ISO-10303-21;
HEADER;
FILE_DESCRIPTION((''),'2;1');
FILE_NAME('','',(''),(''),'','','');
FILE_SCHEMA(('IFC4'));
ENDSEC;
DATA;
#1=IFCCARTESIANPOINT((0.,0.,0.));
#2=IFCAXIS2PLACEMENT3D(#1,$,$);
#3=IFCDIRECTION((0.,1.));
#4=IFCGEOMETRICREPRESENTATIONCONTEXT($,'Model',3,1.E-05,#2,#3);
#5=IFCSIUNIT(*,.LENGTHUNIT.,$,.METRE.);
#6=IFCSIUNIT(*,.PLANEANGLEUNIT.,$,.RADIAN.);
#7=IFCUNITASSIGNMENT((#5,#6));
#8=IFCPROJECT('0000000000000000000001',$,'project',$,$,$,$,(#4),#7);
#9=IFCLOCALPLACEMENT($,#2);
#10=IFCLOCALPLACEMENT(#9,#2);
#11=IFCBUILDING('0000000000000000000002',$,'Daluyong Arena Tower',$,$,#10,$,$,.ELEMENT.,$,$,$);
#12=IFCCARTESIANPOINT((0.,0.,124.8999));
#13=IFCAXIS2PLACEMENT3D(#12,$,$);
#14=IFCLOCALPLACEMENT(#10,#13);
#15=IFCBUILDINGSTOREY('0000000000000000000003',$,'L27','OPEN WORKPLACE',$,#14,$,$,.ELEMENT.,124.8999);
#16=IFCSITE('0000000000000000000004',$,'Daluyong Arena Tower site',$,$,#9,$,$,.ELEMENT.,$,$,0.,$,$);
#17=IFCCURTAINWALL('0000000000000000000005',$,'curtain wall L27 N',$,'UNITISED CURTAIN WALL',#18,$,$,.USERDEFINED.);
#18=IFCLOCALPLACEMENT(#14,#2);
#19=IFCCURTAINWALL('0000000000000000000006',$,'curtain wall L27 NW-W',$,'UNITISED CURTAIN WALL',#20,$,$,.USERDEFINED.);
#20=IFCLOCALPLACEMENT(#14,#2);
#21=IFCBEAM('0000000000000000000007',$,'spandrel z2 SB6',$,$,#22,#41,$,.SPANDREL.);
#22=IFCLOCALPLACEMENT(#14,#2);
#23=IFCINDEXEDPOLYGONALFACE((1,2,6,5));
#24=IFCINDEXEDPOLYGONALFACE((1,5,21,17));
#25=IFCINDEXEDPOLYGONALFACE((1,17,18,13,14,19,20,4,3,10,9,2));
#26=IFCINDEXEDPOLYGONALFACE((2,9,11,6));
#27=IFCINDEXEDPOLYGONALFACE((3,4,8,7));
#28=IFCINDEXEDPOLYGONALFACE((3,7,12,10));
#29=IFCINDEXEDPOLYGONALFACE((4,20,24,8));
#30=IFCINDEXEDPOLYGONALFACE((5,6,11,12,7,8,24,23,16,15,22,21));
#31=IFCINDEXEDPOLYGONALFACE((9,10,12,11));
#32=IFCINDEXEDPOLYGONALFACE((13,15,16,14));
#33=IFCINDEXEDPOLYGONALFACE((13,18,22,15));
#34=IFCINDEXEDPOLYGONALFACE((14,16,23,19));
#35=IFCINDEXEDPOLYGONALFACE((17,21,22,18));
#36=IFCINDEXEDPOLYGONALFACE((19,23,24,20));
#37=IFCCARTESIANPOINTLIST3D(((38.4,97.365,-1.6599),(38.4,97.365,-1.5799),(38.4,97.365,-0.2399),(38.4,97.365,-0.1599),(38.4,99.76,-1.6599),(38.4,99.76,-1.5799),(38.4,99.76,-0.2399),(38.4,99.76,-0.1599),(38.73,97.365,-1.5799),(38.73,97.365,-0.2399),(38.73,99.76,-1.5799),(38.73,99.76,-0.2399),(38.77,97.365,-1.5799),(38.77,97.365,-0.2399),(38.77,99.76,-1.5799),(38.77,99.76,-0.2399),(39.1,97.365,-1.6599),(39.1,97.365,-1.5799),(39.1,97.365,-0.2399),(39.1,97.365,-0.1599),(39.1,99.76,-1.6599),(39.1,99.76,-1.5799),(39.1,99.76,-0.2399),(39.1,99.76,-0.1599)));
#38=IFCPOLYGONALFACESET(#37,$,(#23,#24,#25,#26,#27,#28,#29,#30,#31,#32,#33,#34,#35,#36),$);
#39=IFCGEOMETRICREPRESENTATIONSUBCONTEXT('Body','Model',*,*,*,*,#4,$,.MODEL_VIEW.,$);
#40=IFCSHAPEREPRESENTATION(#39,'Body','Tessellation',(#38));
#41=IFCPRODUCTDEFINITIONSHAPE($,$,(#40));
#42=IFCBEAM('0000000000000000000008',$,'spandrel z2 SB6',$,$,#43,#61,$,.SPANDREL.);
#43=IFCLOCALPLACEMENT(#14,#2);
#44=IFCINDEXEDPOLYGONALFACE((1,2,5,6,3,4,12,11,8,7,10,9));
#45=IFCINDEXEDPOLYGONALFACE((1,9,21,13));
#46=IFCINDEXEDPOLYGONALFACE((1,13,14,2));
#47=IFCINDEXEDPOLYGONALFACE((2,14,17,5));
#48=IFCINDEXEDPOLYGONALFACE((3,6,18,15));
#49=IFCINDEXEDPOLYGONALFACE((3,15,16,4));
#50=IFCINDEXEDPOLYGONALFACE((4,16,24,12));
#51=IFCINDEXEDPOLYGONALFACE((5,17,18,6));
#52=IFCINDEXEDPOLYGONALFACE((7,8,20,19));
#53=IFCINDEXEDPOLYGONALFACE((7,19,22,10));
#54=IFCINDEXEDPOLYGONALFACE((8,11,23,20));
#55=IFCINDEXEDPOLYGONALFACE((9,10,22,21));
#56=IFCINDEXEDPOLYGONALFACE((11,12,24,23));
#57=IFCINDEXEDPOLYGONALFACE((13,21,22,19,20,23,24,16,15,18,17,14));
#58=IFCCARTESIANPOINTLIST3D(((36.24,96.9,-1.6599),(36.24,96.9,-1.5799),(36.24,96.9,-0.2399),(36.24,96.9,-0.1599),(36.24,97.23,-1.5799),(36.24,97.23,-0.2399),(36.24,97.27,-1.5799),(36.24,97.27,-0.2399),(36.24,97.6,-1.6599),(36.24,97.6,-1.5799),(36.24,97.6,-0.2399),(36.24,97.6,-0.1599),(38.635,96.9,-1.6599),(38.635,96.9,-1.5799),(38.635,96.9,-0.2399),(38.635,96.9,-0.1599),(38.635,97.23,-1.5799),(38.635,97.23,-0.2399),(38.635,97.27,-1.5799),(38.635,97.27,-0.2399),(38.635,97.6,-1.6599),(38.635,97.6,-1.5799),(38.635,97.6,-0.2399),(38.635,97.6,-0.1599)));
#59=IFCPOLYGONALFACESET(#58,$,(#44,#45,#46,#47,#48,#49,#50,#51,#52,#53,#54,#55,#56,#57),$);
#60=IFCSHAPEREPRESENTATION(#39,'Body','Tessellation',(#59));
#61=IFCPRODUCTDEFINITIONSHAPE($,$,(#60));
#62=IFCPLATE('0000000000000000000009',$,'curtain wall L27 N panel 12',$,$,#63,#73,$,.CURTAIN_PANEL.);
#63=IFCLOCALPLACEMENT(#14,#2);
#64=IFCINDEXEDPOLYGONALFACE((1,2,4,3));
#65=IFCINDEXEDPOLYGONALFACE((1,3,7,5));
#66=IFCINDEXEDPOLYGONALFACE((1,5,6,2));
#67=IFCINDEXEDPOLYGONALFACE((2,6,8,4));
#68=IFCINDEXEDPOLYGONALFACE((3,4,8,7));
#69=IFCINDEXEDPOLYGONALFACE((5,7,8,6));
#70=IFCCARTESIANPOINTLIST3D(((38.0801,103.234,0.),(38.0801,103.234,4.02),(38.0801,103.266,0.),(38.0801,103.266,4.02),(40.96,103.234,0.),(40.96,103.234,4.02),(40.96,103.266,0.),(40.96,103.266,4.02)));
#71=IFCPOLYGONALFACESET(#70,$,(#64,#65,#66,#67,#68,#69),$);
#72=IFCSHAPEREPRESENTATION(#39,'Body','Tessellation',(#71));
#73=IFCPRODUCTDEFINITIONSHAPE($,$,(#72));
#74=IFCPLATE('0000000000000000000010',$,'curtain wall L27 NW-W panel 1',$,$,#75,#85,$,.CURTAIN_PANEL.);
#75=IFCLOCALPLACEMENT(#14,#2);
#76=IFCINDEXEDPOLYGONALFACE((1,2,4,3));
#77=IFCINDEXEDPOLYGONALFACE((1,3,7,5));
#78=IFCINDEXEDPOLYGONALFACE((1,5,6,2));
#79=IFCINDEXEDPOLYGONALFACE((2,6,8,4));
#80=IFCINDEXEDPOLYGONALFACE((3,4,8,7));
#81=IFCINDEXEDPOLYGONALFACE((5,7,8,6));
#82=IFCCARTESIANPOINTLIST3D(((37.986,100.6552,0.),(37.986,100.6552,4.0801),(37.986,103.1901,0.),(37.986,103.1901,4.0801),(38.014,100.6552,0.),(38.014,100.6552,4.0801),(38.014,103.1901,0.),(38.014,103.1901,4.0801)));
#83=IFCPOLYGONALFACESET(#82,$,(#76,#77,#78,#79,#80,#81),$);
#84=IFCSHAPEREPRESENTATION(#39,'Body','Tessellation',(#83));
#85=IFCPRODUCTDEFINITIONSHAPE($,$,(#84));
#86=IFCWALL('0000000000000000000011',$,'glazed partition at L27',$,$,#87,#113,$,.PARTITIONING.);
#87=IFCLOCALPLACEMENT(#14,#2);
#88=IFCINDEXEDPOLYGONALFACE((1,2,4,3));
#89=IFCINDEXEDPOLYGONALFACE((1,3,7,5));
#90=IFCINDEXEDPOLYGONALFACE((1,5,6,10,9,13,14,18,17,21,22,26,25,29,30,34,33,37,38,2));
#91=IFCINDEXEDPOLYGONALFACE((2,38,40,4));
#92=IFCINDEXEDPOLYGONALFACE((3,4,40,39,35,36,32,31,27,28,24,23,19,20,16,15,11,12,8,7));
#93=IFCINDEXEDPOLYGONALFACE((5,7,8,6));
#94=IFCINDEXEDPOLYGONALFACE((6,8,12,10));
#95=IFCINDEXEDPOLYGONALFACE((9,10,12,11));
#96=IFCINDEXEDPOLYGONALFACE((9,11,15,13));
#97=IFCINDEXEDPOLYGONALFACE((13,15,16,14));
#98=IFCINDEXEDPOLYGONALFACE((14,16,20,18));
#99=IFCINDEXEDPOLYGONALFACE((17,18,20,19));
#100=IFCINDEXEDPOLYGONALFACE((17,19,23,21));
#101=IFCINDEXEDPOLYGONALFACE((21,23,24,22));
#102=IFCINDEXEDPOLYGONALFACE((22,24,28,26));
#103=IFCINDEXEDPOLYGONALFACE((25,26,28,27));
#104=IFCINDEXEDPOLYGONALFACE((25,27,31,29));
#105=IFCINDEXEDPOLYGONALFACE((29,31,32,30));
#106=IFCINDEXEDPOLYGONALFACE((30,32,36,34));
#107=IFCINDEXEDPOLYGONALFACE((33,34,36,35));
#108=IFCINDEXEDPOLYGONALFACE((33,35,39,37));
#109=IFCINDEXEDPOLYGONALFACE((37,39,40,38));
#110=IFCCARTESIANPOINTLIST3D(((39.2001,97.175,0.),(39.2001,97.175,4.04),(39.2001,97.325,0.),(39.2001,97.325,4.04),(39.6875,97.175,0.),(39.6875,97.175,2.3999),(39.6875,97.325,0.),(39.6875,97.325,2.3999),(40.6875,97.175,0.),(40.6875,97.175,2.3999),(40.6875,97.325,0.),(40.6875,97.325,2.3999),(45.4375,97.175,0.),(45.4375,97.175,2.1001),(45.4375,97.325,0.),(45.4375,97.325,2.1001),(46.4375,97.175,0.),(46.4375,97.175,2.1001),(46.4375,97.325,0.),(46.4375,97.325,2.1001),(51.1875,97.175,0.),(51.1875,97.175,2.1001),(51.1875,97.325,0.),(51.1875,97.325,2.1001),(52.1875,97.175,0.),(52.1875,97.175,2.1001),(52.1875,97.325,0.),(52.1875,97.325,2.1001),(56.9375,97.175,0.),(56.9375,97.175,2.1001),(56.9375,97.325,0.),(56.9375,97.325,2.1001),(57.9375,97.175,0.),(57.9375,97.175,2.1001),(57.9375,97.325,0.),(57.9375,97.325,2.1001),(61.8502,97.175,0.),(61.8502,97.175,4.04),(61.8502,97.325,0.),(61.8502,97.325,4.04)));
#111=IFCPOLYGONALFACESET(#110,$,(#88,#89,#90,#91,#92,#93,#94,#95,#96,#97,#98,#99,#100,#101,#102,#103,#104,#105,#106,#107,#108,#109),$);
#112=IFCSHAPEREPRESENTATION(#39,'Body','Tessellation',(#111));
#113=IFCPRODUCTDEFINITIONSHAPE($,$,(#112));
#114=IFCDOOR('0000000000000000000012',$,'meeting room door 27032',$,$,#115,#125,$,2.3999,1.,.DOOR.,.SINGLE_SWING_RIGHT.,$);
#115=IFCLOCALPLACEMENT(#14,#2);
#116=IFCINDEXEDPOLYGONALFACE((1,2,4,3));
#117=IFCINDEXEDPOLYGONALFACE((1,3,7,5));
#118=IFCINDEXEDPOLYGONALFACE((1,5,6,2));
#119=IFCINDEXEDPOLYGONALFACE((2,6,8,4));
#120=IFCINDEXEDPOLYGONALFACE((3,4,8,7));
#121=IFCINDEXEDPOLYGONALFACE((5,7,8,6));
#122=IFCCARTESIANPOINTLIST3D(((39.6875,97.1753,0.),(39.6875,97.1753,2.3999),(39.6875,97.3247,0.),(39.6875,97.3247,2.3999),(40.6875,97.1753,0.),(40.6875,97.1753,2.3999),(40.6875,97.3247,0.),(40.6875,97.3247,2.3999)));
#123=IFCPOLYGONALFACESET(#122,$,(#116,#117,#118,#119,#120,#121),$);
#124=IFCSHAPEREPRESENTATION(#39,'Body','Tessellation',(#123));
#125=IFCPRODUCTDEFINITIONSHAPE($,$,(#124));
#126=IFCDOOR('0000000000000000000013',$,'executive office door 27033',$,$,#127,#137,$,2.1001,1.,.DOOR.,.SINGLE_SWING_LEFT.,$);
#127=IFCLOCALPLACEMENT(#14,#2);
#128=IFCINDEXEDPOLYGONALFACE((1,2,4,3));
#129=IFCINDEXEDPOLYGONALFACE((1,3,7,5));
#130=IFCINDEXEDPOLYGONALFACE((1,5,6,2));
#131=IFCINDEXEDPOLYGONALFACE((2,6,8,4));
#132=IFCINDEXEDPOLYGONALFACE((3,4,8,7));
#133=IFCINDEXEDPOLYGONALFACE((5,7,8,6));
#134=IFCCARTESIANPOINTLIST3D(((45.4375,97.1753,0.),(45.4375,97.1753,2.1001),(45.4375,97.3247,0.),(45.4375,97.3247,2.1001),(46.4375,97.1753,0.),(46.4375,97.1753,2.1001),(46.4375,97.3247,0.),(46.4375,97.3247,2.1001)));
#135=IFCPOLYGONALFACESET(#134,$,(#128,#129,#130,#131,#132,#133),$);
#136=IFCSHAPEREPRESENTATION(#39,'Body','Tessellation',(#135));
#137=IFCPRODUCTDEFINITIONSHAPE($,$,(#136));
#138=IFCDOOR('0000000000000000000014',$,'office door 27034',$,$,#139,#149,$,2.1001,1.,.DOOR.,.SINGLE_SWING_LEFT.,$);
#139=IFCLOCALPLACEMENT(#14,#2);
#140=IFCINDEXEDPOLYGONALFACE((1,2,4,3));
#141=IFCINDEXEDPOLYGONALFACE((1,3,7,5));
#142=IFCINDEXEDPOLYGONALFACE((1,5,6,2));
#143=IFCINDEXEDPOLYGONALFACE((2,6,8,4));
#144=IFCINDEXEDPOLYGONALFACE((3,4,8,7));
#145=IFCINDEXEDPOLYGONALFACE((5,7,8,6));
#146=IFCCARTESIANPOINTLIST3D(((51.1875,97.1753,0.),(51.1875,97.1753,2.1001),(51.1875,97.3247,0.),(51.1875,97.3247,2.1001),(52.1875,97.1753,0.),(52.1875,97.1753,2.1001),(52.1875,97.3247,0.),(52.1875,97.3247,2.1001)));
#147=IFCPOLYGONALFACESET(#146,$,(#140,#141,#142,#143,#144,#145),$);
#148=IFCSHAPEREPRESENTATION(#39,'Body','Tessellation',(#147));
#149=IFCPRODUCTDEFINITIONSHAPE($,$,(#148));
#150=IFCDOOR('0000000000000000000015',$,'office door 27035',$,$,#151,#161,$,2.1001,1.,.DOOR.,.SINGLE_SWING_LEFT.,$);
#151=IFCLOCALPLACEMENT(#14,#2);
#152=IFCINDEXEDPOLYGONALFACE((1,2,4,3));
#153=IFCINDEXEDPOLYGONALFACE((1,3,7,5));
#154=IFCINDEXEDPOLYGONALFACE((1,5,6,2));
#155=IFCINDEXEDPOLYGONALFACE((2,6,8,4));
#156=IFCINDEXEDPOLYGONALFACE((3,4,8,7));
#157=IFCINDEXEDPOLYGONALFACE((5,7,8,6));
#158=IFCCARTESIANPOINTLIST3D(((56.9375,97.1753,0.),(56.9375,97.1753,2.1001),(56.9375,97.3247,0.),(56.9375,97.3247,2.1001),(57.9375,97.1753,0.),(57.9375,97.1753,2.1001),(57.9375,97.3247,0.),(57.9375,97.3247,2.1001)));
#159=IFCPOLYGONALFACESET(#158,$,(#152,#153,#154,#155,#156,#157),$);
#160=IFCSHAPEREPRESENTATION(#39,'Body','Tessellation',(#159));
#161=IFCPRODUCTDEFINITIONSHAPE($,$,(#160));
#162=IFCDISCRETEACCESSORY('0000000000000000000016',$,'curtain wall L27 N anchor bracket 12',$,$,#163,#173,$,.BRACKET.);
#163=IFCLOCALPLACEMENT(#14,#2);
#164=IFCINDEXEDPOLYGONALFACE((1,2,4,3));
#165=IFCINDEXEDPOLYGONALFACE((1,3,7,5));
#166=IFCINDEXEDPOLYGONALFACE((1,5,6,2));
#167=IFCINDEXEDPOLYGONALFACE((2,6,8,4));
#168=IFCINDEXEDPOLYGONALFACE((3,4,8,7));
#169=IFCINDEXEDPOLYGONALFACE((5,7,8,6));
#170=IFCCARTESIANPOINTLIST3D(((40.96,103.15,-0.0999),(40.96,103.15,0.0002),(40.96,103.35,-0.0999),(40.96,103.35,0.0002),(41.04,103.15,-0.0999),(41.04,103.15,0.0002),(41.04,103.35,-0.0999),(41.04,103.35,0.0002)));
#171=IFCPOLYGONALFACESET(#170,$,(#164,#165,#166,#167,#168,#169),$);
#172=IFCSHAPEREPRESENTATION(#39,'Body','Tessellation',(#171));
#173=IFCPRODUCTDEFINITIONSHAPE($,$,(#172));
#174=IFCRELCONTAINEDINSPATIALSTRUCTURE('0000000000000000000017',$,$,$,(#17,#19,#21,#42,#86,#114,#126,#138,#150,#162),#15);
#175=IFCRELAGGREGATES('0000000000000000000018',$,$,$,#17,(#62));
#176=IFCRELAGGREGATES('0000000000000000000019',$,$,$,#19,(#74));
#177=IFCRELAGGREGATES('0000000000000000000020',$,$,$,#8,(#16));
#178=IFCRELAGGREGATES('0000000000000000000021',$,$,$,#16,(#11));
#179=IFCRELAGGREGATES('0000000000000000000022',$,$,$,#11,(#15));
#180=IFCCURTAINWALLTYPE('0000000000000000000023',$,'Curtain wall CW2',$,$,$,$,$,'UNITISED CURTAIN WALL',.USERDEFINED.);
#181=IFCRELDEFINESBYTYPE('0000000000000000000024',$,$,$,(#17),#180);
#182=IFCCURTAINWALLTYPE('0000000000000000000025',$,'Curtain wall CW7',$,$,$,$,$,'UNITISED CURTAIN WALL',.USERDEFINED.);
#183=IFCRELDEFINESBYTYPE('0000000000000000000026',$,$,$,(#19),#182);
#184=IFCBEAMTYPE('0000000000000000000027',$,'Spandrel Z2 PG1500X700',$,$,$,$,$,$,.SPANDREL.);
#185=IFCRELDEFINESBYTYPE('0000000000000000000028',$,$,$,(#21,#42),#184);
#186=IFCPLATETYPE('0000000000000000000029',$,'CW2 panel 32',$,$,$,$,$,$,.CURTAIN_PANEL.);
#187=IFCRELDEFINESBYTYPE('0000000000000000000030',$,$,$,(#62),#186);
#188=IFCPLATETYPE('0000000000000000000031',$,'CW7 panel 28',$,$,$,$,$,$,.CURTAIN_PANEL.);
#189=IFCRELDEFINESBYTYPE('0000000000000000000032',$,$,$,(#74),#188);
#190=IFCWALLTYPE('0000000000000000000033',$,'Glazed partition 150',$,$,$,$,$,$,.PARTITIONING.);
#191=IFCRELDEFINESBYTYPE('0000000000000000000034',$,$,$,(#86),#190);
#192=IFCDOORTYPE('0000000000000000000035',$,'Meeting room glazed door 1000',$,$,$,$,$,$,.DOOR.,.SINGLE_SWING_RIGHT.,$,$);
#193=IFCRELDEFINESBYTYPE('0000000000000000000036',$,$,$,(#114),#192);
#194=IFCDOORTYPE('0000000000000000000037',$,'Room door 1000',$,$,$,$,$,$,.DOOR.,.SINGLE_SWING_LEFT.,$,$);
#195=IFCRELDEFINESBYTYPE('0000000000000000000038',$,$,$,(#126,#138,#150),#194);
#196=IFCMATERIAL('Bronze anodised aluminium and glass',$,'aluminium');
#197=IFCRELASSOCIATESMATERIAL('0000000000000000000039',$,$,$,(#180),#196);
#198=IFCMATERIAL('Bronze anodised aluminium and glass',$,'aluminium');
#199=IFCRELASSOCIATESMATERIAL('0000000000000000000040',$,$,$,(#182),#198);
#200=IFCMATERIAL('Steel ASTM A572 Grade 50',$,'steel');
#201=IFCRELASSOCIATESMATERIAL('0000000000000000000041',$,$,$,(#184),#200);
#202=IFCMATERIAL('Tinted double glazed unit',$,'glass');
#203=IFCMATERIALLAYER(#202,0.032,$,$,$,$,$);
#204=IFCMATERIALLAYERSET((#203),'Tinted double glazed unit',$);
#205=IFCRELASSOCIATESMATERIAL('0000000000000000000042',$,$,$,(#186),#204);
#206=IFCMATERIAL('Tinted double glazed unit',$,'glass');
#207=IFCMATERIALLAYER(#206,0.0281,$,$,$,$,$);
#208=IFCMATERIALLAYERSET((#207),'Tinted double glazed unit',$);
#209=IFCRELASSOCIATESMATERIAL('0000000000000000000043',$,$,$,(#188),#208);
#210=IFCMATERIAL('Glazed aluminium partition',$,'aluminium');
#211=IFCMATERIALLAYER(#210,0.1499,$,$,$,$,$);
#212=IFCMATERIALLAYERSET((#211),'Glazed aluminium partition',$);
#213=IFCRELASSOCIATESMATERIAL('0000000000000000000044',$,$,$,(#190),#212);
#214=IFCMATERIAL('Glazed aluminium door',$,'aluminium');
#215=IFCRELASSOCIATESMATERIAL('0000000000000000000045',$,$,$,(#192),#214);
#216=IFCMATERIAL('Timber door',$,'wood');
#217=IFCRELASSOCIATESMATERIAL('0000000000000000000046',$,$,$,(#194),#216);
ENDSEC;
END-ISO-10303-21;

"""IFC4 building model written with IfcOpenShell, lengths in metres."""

from ifc_helpers import new_model, si_unit, direction, frame, frame_2d, origin, origin_2d, place, context, subcontext, project, spatial, rectangle, i_section, extrude, material, layer, layer_set, material_profile, profile_set, type_object, element, fill, aggregate, save


model = new_model("IFC4")

# Units and contexts
model_context = context("Model", 3, precision=1e-05, world=origin(), true_north=direction((0.0, 1.0)))
body_context = subcontext(model_context, "Body", "Model", "MODEL_VIEW")
ifc_project = project(units=[si_unit("LENGTHUNIT", "METRE"), si_unit("PLANEANGLEUNIT", "RADIAN")], contexts=[model_context])

# Site, building, storey
site_placement = place(None, origin())
site = spatial("IfcSite", under=ifc_project, at=site_placement, Name="Daluyong Arena Tower site", CompositionType="ELEMENT", RefElevation=0.0)
building_placement = place(site_placement, origin())
building = spatial("IfcBuilding", under=site, at=building_placement, Name="Daluyong Arena Tower", CompositionType="ELEMENT")
storey_placement = place(building_placement, frame((0.0, 0.0, 124.8999)))
storey = spatial("IfcBuildingStorey", under=building, at=storey_placement, Name="L27", Description="OPEN WORKPLACE", CompositionType="ELEMENT", Elevation=124.8999)

# Curtain walls
ifc_material_1 = material(Name="Bronze anodised aluminium and glass", Category="aluminium")
curtain_wall_type_1 = type_object("IfcCurtainWallType", Name="Curtain wall CW2", ElementType="UNITISED CURTAIN WALL", PredefinedType="USERDEFINED", material=ifc_material_1)
curtain_wall_1_placement = place(storey_placement, origin())
curtain_wall_1 = element("IfcCurtainWall", 1, at=curtain_wall_1_placement, inside=storey, type_object=curtain_wall_type_1, Name="curtain wall L27 N", ObjectType="UNITISED CURTAIN WALL", PredefinedType="USERDEFINED")
ifc_material_2 = material(Name="Bronze anodised aluminium and glass", Category="aluminium")
curtain_wall_type_2 = type_object("IfcCurtainWallType", Name="Curtain wall CW7", ElementType="UNITISED CURTAIN WALL", PredefinedType="USERDEFINED", material=ifc_material_2)
curtain_wall_2_placement = place(storey_placement, origin())
curtain_wall_2 = element("IfcCurtainWall", 2, at=curtain_wall_2_placement, inside=storey, type_object=curtain_wall_type_2, Name="curtain wall L27 NW-W", ObjectType="UNITISED CURTAIN WALL", PredefinedType="USERDEFINED")

# Beams
ifc_material_3 = material(Name="Steel ASTM A572 Grade 50", Category="steel")
ifc_material_profile_1 = material_profile(ifc_material_3, i_section(OverallWidth=0.7, OverallDepth=1.5, WebThickness=0.04, FlangeThickness=0.08, at=origin_2d()))
ifc_profile_set_1 = profile_set([ifc_material_profile_1], Name="Steel ASTM A572 Grade 50")
beam_type_1 = type_object("IfcBeamType", Name="Spandrel Z2 PG1500X700", PredefinedType="SPANDREL", material=ifc_profile_set_1)
for number, where, z_axis, x_axis, name in (
    (3, (38.75, 99.76, -0.9099), (0.0, -1.0, 0.0), (1.0, 0.0, 0.0), "spandrel z2 SB6"),
    (4, (38.635, 97.25, -0.9099), (-1.0, 0.0, 0.0), (0.0, -1.0, 0.0), "spandrel z2 SB6"),
):
    element("IfcBeam", number, at=place(storey_placement, frame(where, z_axis=z_axis, x_axis=x_axis)), inside=storey, type_object=beam_type_1, Name=name, PredefinedType="SPANDREL", context=body_context, shape_type="SweptSolid", body=[
        extrude(i_section(OverallWidth=0.7, OverallDepth=1.5, WebThickness=0.04, FlangeThickness=0.08, at=origin_2d()), origin(), (0.0, 0.0, 1.0), 2.395),
    ])

# Plates
ifc_material_4 = material(Name="Tinted double glazed unit", Category="glass")
ifc_layer_1 = layer(ifc_material_4, 0.032)
ifc_layer_set_1 = layer_set([ifc_layer_1], Name="Tinted double glazed unit")
plate_type_1 = type_object("IfcPlateType", Name="CW2 panel 32", PredefinedType="CURTAIN_PANEL", material=ifc_layer_set_1)
plate_1_placement = place(storey_placement, frame((39.52, 103.25, 0.0), z_axis=(0.0, 0.0, 1.0), x_axis=(-1.0, 0.0, 0.0)))
plate_1 = element("IfcPlate", 5, at=plate_1_placement, type_object=plate_type_1, Name="curtain wall L27 N panel 12", PredefinedType="CURTAIN_PANEL", context=body_context, shape_type="SweptSolid", body=[
    extrude(rectangle(XDim=2.8799, YDim=0.032, at=origin_2d()), origin(), (0.0, 0.0, 1.0), 4.02),
])
aggregate(curtain_wall_1, [plate_1])
ifc_material_5 = material(Name="Tinted double glazed unit", Category="glass")
ifc_layer_2 = layer(ifc_material_5, 0.0281)
ifc_layer_set_2 = layer_set([ifc_layer_2], Name="Tinted double glazed unit")
plate_type_2 = type_object("IfcPlateType", Name="CW7 panel 28", PredefinedType="CURTAIN_PANEL", material=ifc_layer_set_2)
plate_2_placement = place(storey_placement, frame((38.0, 101.9226, 0.0), z_axis=(0.0, 0.0, 1.0), x_axis=(0.0, -1.0, 0.0)))
plate_2 = element("IfcPlate", 6, at=plate_2_placement, type_object=plate_type_2, Name="curtain wall L27 NW-W panel 1", PredefinedType="CURTAIN_PANEL", context=body_context, shape_type="SweptSolid", body=[
    extrude(rectangle(XDim=2.5349, YDim=0.0281, at=origin_2d()), origin(), (0.0, 0.0, 1.0), 4.0801),
])
aggregate(curtain_wall_2, [plate_2])

# Wall, openings, doors
ifc_material_6 = material(Name="Glazed aluminium partition", Category="aluminium")
ifc_layer_3 = layer(ifc_material_6, 0.1499)
ifc_layer_set_3 = layer_set([ifc_layer_3], Name="Glazed aluminium partition")
wall_type = type_object("IfcWallType", Name="Glazed partition 150", PredefinedType="PARTITIONING", material=ifc_layer_set_3)
wall_placement = place(storey_placement, frame((39.2, 97.25, 0.0), z_axis=(0.0, 0.0, 1.0), x_axis=(1.0, 0.0, 0.0)))
wall = element("IfcWall", 7, at=wall_placement, inside=storey, type_object=wall_type, Name="glazed partition at L27", PredefinedType="PARTITIONING", context=body_context, shape_type="SweptSolid", body=[
    extrude(rectangle(XDim=22.6501, YDim=0.1499, at=frame_2d((11.3252, 0.0))), origin(), (0.0, 0.0, 1.0), 4.04),
])
opening_1_placement = place(wall_placement, frame((0.4875, 0.0, 0.0)))
opening_1 = element("IfcOpeningElement", 8, at=opening_1_placement, cuts=wall, PredefinedType="OPENING", context=body_context, shape_type="SweptSolid", body=[
    extrude(rectangle(XDim=1.0, YDim=2.3999, at=frame_2d((0.5, 1.2))), frame((0.0, 0.085, 0.0), z_axis=(0.0, -1.0, 0.0), x_axis=(1.0, 0.0, 0.0)), (0.0, 0.0, 1.0), 0.1699),
])
opening_2_placement = place(wall_placement, frame((6.2375, 0.0, 0.0)))
opening_2 = element("IfcOpeningElement", 9, at=opening_2_placement, cuts=wall, PredefinedType="OPENING", context=body_context, shape_type="SweptSolid", body=[
    extrude(rectangle(XDim=1.0, YDim=2.1001, at=frame_2d((0.5, 1.05))), frame((0.0, 0.085, 0.0), z_axis=(0.0, -1.0, 0.0), x_axis=(1.0, 0.0, 0.0)), (0.0, 0.0, 1.0), 0.1699),
])
opening_3_placement = place(wall_placement, frame((11.9875, 0.0, 0.0)))
opening_3 = element("IfcOpeningElement", 10, at=opening_3_placement, cuts=wall, PredefinedType="OPENING", context=body_context, shape_type="SweptSolid", body=[
    extrude(rectangle(XDim=1.0, YDim=2.1001, at=frame_2d((0.5, 1.05))), frame((0.0, 0.085, 0.0), z_axis=(0.0, -1.0, 0.0), x_axis=(1.0, 0.0, 0.0)), (0.0, 0.0, 1.0), 0.1699),
])
opening_4_placement = place(wall_placement, frame((17.7375, 0.0, 0.0)))
opening_4 = element("IfcOpeningElement", 11, at=opening_4_placement, cuts=wall, PredefinedType="OPENING", context=body_context, shape_type="SweptSolid", body=[
    extrude(rectangle(XDim=1.0, YDim=2.1001, at=frame_2d((0.5, 1.05))), frame((0.0, 0.085, 0.0), z_axis=(0.0, -1.0, 0.0), x_axis=(1.0, 0.0, 0.0)), (0.0, 0.0, 1.0), 0.1699),
])
ifc_material_7 = material(Name="Glazed aluminium door", Category="aluminium")
door_type_1 = type_object("IfcDoorType", Name="Meeting room glazed door 1000", OperationType="SINGLE_SWING_RIGHT", PredefinedType="DOOR", material=ifc_material_7)
door_1_placement = place(opening_1_placement, origin())
door_1 = element("IfcDoor", 12, at=door_1_placement, inside=storey, type_object=door_type_1, Name="meeting room door 27032", OperationType="SINGLE_SWING_RIGHT", OverallHeight=2.3999, OverallWidth=1.0, PredefinedType="DOOR", context=body_context, shape_type="SweptSolid", body=[
    extrude(rectangle(XDim=1.0, YDim=2.3999, at=frame_2d((0.5, 1.2))), frame((0.0, 0.0747, 0.0), z_axis=(0.0, -1.0, 0.0), x_axis=(1.0, 0.0, 0.0)), (0.0, 0.0, 1.0), 0.1494),
])
fill(opening_1, door_1)
ifc_material_8 = material(Name="Timber door", Category="wood")
door_type_2 = type_object("IfcDoorType", Name="Room door 1000", OperationType="SINGLE_SWING_LEFT", PredefinedType="DOOR", material=ifc_material_8)
door_2_placement = place(opening_2_placement, origin())
door_2 = element("IfcDoor", 13, at=door_2_placement, inside=storey, type_object=door_type_2, Name="executive office door 27033", OperationType="SINGLE_SWING_LEFT", OverallHeight=2.1001, OverallWidth=1.0, PredefinedType="DOOR", context=body_context, shape_type="SweptSolid", body=[
    extrude(rectangle(XDim=1.0, YDim=2.1001, at=frame_2d((0.5, 1.05))), frame((0.0, 0.0747, 0.0), z_axis=(0.0, -1.0, 0.0), x_axis=(1.0, 0.0, 0.0)), (0.0, 0.0, 1.0), 0.1494),
])
fill(opening_2, door_2)
door_3_placement = place(opening_3_placement, origin())
door_3 = element("IfcDoor", 14, at=door_3_placement, inside=storey, type_object=door_type_2, Name="office door 27034", OperationType="SINGLE_SWING_LEFT", OverallHeight=2.1001, OverallWidth=1.0, PredefinedType="DOOR", context=body_context, shape_type="SweptSolid", body=[
    extrude(rectangle(XDim=1.0, YDim=2.1001, at=frame_2d((0.5, 1.05))), frame((0.0, 0.0747, 0.0), z_axis=(0.0, -1.0, 0.0), x_axis=(1.0, 0.0, 0.0)), (0.0, 0.0, 1.0), 0.1494),
])
fill(opening_3, door_3)
door_4_placement = place(opening_4_placement, origin())
door_4 = element("IfcDoor", 15, at=door_4_placement, inside=storey, type_object=door_type_2, Name="office door 27035", OperationType="SINGLE_SWING_LEFT", OverallHeight=2.1001, OverallWidth=1.0, PredefinedType="DOOR", context=body_context, shape_type="SweptSolid", body=[
    extrude(rectangle(XDim=1.0, YDim=2.1001, at=frame_2d((0.5, 1.05))), frame((0.0, 0.0747, 0.0), z_axis=(0.0, -1.0, 0.0), x_axis=(1.0, 0.0, 0.0)), (0.0, 0.0, 1.0), 0.1494),
])
fill(opening_4, door_4)

# Discrete accessory
discrete_accessory_1_placement = place(storey_placement, frame((41.0, 103.25, -0.0999), z_axis=(0.0, 0.0, 1.0), x_axis=(-1.0, 0.0, 0.0)))
element("IfcDiscreteAccessory", 16, at=discrete_accessory_1_placement, inside=storey, Name="curtain wall L27 N anchor bracket 12", PredefinedType="BRACKET", context=body_context, shape_type="SweptSolid", body=[
    extrude(rectangle(XDim=0.0801, YDim=0.2, at=origin_2d()), origin(), (0.0, 0.0, 1.0), 0.1001),
])

save(model, "model.ifc")
